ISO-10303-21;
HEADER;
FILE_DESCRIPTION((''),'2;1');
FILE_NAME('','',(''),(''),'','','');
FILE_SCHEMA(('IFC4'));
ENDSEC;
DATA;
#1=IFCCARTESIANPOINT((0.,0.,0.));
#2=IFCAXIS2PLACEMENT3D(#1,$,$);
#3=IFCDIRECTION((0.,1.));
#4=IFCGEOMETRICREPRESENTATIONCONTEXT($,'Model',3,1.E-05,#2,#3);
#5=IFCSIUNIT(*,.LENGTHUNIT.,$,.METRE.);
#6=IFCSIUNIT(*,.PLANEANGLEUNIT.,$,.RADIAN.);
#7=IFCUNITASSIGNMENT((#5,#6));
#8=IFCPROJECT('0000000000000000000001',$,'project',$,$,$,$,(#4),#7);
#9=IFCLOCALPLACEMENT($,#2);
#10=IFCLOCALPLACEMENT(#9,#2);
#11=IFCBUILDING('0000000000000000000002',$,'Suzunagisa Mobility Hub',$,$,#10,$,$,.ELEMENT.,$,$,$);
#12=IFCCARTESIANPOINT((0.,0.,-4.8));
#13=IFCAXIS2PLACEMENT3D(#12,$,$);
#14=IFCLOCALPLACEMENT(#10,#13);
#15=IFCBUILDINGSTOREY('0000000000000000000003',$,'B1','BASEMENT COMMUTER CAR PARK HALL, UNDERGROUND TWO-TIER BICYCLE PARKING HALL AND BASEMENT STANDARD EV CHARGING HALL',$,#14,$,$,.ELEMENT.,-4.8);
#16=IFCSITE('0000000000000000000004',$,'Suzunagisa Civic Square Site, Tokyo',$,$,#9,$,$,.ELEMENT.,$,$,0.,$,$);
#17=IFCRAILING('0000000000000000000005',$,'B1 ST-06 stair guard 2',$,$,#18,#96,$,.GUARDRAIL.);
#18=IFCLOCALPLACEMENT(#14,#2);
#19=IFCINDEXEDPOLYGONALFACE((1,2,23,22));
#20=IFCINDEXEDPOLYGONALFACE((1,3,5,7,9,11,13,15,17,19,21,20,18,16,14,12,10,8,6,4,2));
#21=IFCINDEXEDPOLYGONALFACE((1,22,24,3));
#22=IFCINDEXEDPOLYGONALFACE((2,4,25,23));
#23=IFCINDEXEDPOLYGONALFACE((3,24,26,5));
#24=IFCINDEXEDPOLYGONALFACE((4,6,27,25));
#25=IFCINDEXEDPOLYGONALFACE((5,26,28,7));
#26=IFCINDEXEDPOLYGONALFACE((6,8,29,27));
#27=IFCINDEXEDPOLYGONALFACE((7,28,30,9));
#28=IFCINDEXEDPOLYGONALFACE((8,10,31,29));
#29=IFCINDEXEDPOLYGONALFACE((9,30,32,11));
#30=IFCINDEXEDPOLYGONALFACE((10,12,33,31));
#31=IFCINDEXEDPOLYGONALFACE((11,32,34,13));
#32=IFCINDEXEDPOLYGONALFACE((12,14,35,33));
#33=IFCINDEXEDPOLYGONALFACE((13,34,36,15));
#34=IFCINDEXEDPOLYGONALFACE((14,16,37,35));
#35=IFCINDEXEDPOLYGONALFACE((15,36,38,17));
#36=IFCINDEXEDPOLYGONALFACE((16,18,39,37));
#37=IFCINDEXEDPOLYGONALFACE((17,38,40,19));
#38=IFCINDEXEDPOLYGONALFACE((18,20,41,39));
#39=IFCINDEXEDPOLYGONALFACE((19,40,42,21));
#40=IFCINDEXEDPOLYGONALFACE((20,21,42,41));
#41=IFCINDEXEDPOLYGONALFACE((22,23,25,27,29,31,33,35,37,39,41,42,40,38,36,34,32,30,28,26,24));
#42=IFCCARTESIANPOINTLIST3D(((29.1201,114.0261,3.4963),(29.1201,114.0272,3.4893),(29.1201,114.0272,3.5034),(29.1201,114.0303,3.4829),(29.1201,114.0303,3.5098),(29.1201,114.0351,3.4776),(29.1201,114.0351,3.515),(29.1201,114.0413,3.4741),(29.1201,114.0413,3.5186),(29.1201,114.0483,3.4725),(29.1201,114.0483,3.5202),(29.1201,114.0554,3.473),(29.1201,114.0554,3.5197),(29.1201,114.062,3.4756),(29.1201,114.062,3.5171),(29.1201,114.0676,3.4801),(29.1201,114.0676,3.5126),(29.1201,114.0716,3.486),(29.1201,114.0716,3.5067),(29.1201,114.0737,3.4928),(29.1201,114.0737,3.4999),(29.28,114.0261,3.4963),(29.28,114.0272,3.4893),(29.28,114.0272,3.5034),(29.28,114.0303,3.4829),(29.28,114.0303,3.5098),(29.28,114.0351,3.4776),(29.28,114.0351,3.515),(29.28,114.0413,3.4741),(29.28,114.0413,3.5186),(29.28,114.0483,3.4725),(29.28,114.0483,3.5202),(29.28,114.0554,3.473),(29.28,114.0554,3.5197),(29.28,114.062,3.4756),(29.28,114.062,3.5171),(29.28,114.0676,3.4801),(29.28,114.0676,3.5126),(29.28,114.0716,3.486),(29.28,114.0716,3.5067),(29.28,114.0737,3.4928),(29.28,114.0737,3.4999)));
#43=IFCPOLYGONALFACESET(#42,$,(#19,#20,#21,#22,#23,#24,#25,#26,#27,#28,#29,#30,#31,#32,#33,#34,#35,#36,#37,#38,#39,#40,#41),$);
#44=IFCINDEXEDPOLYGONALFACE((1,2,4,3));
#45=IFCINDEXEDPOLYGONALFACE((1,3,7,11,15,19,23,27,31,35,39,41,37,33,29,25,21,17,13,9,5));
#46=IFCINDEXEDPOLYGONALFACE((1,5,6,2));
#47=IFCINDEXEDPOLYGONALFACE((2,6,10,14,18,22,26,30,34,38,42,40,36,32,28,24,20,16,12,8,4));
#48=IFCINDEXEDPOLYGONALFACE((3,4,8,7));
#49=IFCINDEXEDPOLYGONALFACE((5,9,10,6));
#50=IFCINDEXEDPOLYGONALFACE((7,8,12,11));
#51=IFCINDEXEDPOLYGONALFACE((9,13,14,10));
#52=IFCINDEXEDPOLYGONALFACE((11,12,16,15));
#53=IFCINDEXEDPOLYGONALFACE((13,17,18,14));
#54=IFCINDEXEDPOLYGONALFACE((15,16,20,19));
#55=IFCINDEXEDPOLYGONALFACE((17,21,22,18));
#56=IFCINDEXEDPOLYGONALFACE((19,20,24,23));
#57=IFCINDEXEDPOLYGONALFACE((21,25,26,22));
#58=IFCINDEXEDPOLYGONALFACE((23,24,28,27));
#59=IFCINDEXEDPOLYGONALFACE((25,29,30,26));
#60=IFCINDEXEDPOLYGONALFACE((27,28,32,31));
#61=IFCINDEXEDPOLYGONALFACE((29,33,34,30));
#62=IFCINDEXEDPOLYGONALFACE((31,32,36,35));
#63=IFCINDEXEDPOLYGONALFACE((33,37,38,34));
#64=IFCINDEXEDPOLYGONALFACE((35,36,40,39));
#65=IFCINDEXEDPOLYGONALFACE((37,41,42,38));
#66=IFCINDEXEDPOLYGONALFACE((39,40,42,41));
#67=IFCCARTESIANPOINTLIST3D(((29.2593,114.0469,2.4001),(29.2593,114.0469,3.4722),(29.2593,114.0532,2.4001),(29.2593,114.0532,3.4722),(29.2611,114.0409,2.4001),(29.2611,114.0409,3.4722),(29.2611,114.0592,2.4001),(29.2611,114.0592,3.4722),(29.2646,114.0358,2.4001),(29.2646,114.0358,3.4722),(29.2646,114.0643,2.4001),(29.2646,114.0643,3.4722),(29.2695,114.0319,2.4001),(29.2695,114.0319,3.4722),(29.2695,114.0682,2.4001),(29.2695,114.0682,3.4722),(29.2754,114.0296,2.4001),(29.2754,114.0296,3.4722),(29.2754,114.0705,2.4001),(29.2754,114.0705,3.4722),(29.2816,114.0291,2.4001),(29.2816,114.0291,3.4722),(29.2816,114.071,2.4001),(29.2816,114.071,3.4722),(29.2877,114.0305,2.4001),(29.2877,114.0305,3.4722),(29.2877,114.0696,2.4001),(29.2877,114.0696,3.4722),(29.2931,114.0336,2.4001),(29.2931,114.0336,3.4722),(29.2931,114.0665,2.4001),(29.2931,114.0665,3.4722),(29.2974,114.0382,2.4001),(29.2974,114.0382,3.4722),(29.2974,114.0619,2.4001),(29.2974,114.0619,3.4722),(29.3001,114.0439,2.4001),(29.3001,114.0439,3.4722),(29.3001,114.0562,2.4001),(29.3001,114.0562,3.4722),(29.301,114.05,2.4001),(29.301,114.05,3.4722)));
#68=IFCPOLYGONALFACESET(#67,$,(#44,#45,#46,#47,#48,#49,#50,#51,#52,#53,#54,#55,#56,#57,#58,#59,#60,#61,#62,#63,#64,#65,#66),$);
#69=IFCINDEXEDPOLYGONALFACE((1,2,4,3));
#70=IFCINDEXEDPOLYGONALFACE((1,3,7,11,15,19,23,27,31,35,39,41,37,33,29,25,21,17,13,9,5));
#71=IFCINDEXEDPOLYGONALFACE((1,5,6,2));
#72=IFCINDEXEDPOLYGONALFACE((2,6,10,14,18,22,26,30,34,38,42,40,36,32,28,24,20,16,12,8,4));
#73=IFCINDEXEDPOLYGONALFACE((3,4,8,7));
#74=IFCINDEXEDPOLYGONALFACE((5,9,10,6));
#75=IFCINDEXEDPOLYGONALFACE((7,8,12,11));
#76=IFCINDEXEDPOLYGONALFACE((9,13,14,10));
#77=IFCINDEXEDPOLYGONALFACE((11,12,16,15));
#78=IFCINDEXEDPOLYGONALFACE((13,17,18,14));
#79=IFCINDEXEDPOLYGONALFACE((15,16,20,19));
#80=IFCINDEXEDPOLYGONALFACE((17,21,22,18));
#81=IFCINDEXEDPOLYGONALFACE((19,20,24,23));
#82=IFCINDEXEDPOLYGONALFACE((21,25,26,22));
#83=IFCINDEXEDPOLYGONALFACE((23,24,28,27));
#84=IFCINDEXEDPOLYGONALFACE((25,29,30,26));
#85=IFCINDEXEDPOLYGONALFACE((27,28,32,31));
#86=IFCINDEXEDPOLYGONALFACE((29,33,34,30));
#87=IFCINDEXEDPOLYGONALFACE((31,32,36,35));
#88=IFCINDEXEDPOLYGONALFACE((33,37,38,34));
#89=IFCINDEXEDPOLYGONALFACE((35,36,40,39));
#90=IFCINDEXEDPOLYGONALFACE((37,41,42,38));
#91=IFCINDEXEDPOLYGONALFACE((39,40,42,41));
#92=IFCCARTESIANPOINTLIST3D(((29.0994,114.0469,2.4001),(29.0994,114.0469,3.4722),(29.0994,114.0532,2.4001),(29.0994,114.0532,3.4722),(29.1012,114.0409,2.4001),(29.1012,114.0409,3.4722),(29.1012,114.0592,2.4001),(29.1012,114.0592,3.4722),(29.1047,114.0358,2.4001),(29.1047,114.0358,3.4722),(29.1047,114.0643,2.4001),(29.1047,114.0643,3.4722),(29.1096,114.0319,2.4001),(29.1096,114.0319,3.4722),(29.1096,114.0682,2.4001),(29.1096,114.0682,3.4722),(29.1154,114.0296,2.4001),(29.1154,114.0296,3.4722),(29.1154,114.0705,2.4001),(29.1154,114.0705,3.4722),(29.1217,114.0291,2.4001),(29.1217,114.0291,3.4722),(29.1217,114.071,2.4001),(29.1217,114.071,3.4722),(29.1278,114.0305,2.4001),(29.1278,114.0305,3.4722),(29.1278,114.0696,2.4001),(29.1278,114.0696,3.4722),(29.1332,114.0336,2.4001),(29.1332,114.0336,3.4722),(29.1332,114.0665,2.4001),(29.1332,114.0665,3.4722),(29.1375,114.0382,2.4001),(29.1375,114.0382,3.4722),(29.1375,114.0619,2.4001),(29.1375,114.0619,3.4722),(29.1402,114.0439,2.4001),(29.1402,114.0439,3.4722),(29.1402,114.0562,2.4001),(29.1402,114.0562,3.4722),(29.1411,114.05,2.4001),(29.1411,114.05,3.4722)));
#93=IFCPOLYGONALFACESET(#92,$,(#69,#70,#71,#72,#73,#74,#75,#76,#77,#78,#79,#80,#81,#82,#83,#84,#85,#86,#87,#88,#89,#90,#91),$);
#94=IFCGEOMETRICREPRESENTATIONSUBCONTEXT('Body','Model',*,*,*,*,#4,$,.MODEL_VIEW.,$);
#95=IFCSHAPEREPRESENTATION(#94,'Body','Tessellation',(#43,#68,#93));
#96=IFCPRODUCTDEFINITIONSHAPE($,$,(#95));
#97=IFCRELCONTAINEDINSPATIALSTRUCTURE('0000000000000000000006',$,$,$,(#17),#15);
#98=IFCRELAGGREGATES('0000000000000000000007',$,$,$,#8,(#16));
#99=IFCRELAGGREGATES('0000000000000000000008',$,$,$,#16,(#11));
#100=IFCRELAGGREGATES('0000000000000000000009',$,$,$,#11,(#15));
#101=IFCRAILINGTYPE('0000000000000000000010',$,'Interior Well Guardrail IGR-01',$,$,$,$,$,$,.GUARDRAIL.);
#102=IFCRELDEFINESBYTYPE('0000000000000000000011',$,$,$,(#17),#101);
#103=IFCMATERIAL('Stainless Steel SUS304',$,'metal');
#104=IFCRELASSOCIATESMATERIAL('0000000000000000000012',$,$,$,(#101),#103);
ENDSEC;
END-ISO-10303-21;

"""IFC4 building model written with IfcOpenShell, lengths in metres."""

from ifc_helpers import new_model, si_unit, direction, frame, origin, origin_2d, place, context, subcontext, project, spatial, circle, extrude, material, type_object, element, save


model = new_model("IFC4")

# Units and contexts
model_context = context("Model", 3, precision=1e-05, world=origin(), true_north=direction((0.0, 1.0)))
body_context = subcontext(model_context, "Body", "Model", "MODEL_VIEW")
ifc_project = project(units=[si_unit("LENGTHUNIT", "METRE"), si_unit("PLANEANGLEUNIT", "RADIAN")], contexts=[model_context])

# Site, building, storey
site_placement = place(None, origin())
site = spatial("IfcSite", under=ifc_project, at=site_placement, Name="Suzunagisa Civic Square Site, Tokyo", CompositionType="ELEMENT", RefElevation=0.0)
building_placement = place(site_placement, origin())
building = spatial("IfcBuilding", under=site, at=building_placement, Name="Suzunagisa Mobility Hub", CompositionType="ELEMENT")
storey_placement = place(building_placement, frame((0.0, 0.0, -4.8)))
storey = spatial("IfcBuildingStorey", under=building, at=storey_placement, Name="B1", Description="BASEMENT COMMUTER CAR PARK HALL, UNDERGROUND TWO-TIER BICYCLE PARKING HALL AND BASEMENT STANDARD EV CHARGING HALL", CompositionType="ELEMENT", Elevation=-4.8)

# Railing
ifc_material_1 = material(Name="Stainless Steel SUS304", Category="metal")
railing_type_1 = type_object("IfcRailingType", Name="Interior Well Guardrail IGR-01", PredefinedType="GUARDRAIL", material=ifc_material_1)
railing_1_placement = place(storey_placement, frame((29.28, 114.05, 2.4001)))
element("IfcRailing", 1, at=railing_1_placement, inside=storey, type_object=railing_type_1, Name="B1 ST-06 stair guard 2", PredefinedType="GUARDRAIL", context=body_context, shape_type="SweptSolid", body=[
    extrude(circle(Radius=0.0239, at=origin_2d()), frame((0.0, 0.0, 1.0962), z_axis=(-1.0, 0.0, 0.0), x_axis=(0.0, -1.0, 0.0)), (0.0, 0.0, 1.0), 0.1599),
    extrude(circle(Radius=0.021, at=origin_2d()), origin(), (0.0, 0.0, 1.0), 1.072),
    extrude(circle(Radius=0.021, at=origin_2d()), frame((-0.1599, 0.0, 0.0)), (0.0, 0.0, 1.0), 1.072),
])

save(model, "model.ifc")
